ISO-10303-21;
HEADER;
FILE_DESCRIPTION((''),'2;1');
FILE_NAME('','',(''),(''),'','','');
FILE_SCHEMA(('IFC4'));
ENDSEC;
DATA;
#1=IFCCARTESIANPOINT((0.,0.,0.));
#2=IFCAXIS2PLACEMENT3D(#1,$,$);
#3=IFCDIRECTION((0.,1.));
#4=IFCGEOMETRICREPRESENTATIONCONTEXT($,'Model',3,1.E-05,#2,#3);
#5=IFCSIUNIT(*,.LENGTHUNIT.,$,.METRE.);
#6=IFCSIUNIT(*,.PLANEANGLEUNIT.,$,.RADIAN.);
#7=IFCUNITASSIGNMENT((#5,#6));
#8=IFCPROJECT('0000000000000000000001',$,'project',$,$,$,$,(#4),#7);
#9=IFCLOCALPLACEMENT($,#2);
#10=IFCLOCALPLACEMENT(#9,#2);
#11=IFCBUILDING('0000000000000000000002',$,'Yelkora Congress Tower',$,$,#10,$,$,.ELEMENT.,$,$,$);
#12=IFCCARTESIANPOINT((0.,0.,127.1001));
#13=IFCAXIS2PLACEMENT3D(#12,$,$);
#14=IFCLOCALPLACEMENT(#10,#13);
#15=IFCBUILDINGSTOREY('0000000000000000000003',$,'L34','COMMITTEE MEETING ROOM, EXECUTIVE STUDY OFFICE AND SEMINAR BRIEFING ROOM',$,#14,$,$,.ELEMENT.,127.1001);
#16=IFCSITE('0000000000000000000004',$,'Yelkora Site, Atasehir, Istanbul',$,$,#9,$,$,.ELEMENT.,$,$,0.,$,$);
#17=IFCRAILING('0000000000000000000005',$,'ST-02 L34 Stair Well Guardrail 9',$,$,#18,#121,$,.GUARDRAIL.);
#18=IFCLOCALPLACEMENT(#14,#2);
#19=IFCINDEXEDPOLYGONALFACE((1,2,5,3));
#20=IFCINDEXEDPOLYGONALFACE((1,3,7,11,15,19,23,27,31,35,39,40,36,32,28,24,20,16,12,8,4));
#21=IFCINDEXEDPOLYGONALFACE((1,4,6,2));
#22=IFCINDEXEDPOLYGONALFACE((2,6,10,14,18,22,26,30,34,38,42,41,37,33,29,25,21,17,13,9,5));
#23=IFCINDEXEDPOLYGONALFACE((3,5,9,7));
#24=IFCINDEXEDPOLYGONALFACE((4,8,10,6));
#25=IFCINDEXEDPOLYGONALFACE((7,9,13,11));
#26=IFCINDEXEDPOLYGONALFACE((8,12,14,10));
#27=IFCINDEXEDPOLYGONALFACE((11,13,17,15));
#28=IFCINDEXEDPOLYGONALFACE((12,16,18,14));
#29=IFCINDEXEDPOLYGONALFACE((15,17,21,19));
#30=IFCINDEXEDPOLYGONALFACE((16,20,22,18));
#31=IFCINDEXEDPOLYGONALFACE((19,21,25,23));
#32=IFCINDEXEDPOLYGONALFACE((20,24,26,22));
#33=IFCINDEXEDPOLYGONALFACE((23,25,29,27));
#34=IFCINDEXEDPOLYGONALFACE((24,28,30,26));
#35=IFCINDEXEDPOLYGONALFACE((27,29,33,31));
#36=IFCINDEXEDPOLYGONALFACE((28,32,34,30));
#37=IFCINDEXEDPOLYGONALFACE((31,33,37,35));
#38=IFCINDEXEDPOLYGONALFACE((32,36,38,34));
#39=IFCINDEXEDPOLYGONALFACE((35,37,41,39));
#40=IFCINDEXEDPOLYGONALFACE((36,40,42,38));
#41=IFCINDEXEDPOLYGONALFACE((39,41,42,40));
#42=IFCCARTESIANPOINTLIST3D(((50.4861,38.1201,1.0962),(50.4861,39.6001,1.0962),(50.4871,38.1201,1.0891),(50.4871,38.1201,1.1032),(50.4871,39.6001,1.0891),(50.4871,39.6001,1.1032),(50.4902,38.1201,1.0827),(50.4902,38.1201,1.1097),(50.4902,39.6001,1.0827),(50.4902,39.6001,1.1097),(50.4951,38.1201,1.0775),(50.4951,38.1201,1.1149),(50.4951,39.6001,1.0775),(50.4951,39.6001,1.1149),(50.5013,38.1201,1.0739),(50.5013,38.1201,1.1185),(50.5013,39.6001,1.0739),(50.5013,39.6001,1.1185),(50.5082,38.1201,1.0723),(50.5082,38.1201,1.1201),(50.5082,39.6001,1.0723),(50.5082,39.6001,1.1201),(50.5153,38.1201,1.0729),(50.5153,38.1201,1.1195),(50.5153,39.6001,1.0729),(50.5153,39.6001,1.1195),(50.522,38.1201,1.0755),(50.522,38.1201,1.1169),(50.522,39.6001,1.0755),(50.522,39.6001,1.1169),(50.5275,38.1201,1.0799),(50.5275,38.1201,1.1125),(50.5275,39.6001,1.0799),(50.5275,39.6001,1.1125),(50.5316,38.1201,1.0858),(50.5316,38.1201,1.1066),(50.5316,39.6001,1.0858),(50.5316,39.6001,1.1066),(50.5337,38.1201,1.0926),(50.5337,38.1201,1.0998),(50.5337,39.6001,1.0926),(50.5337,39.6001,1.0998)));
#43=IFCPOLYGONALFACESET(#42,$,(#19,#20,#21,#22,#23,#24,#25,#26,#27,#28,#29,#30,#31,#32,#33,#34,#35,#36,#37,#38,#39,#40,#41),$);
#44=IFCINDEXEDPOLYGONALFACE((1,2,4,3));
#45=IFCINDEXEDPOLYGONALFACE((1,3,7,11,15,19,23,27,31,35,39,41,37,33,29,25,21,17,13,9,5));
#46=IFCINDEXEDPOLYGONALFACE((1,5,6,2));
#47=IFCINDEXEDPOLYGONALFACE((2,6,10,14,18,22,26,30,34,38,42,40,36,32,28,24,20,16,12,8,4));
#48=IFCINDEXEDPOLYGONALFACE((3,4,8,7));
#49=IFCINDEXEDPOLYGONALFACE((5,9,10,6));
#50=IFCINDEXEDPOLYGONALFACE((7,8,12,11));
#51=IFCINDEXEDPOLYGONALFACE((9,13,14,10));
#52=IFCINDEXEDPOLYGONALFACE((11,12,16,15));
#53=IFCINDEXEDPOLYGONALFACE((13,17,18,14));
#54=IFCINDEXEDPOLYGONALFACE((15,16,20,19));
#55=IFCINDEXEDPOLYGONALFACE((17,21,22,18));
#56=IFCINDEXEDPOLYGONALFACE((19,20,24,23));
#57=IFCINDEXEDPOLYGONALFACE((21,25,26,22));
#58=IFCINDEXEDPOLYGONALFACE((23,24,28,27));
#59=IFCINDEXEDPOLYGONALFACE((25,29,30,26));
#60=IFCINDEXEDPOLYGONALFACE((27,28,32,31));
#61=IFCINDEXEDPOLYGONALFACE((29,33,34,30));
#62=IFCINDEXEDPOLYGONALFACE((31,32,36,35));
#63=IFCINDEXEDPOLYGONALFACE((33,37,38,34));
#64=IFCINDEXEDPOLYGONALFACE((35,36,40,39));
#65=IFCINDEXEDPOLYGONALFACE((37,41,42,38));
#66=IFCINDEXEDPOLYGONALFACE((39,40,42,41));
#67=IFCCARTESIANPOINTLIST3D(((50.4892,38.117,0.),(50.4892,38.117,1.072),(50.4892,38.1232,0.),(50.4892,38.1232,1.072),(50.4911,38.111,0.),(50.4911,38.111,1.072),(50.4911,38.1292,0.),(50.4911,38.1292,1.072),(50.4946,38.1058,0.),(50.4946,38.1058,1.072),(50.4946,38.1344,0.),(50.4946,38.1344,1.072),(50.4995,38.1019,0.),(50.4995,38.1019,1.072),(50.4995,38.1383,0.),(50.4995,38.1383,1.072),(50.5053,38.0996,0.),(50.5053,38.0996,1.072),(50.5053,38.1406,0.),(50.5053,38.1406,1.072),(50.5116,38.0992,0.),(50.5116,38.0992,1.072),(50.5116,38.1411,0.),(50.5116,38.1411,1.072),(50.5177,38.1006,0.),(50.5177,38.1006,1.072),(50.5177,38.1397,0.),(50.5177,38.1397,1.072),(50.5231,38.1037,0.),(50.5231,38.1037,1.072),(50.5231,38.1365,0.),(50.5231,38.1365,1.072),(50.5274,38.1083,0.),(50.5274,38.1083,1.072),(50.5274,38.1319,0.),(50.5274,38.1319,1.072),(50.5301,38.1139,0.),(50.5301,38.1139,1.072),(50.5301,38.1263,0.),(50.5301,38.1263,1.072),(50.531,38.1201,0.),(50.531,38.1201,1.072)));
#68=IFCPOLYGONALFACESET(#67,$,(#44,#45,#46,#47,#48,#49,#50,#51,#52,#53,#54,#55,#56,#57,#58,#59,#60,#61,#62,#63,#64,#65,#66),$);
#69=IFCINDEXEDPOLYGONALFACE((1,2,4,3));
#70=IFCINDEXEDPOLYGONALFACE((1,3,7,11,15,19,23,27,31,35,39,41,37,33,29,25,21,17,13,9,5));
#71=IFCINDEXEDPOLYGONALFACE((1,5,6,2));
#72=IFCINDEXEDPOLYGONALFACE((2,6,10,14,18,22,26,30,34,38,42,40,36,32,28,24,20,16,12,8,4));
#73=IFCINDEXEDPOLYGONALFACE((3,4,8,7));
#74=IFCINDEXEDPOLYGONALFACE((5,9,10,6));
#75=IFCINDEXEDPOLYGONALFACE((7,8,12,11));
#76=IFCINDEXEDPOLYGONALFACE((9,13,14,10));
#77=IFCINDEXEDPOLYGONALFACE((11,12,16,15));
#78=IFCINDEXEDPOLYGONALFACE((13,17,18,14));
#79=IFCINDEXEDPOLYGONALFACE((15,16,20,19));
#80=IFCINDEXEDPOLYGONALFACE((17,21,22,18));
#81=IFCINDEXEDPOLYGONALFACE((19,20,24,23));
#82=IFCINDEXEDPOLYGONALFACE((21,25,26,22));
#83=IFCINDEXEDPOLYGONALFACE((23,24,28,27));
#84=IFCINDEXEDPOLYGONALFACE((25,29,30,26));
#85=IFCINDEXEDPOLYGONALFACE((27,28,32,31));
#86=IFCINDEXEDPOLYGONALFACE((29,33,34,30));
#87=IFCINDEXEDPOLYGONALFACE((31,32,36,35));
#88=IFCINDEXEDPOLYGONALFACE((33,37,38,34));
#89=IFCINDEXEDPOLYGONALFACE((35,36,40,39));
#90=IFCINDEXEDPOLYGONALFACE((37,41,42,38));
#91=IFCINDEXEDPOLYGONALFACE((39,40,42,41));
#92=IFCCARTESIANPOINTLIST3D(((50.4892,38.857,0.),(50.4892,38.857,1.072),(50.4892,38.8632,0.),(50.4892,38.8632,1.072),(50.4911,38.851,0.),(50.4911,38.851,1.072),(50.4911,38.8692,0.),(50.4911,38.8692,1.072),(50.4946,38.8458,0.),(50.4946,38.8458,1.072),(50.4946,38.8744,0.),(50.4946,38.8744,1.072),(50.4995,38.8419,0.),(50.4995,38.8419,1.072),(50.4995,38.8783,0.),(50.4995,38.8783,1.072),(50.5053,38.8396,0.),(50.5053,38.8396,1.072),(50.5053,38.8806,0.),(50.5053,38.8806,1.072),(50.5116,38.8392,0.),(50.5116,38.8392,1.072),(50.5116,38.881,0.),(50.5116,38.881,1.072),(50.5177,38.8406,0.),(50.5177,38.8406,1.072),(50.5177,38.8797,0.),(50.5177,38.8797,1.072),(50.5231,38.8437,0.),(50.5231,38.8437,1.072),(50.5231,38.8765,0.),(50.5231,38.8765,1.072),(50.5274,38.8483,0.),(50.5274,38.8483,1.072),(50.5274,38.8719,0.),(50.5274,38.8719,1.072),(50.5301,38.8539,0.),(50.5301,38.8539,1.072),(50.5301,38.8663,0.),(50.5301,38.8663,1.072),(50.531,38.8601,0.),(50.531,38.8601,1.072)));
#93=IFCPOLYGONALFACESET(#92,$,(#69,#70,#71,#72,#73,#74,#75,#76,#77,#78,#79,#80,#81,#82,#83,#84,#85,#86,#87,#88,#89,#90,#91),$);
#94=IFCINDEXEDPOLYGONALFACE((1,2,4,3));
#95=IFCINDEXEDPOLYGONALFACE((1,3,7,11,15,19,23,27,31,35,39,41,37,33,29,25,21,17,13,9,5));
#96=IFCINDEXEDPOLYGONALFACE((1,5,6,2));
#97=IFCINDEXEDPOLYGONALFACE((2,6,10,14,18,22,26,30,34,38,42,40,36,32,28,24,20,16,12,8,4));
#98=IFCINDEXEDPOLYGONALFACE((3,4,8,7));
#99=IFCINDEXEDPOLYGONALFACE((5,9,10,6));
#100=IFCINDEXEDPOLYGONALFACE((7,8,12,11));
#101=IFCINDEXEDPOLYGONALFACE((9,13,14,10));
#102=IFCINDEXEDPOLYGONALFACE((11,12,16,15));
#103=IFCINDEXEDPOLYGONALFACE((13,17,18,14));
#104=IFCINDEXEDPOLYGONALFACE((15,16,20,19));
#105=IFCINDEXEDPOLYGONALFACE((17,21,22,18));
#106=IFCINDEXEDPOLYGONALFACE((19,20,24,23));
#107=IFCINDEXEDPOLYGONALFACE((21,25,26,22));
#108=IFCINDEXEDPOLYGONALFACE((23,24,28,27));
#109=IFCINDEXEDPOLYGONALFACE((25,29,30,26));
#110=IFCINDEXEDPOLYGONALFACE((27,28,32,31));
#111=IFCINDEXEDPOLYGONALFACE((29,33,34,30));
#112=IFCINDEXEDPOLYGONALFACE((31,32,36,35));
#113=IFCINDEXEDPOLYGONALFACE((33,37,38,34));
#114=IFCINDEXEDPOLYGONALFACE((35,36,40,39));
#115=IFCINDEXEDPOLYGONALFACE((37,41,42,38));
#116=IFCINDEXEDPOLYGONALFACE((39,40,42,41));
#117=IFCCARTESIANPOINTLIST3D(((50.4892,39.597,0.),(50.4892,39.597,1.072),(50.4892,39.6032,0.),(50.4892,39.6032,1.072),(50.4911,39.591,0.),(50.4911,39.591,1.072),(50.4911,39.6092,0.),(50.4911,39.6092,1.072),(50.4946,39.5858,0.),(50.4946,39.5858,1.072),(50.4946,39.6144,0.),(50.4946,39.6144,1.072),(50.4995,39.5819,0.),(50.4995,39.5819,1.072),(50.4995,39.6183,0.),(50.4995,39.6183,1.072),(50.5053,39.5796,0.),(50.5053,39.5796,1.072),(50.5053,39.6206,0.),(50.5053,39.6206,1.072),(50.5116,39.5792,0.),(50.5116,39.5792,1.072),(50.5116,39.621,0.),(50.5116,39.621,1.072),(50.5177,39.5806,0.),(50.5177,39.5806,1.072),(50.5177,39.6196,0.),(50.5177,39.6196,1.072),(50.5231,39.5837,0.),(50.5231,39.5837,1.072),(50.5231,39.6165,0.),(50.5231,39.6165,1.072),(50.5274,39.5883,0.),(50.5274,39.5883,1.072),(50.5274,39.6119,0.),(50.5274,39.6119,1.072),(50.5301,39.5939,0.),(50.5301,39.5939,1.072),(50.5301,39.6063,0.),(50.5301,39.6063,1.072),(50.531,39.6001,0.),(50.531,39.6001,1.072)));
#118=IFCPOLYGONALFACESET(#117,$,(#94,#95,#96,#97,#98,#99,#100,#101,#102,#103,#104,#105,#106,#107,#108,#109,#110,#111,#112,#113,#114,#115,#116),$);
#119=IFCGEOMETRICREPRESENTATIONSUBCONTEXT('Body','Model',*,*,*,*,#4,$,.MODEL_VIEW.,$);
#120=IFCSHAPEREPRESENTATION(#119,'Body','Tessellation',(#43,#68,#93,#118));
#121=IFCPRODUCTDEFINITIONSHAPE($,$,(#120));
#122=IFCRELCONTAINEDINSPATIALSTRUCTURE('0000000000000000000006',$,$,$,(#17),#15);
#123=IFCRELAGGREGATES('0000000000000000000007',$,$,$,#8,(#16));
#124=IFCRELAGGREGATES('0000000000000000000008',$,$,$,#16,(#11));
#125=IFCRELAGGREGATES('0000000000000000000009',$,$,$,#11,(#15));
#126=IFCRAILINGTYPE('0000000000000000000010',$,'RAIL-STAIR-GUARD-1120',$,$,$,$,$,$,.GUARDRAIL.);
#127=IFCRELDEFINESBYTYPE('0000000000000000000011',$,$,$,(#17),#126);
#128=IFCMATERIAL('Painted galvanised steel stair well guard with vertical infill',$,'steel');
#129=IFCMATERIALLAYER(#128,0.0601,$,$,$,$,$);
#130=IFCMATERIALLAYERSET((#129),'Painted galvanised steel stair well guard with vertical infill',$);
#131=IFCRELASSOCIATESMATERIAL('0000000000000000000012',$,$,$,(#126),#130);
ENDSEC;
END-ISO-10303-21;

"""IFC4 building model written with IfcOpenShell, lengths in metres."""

from ifc_helpers import new_model, si_unit, direction, frame, origin, origin_2d, place, context, subcontext, project, spatial, circle, extrude, material, layer, layer_set, type_object, element, save


model = new_model("IFC4")

# Units and contexts
model_context = context("Model", 3, precision=1e-05, world=origin(), true_north=direction((0.0, 1.0)))
body_context = subcontext(model_context, "Body", "Model", "MODEL_VIEW")
ifc_project = project(units=[si_unit("LENGTHUNIT", "METRE"), si_unit("PLANEANGLEUNIT", "RADIAN")], contexts=[model_context])

# Site, building, storey
site_placement = place(None, origin())
site = spatial("IfcSite", under=ifc_project, at=site_placement, Name="Yelkora Site, Atasehir, Istanbul", CompositionType="ELEMENT", RefElevation=0.0)
building_placement = place(site_placement, origin())
building = spatial("IfcBuilding", under=site, at=building_placement, Name="Yelkora Congress Tower", CompositionType="ELEMENT")
storey_placement = place(building_placement, frame((0.0, 0.0, 127.1001)))
storey = spatial("IfcBuildingStorey", under=building, at=storey_placement, Name="L34", Description="COMMITTEE MEETING ROOM, EXECUTIVE STUDY OFFICE AND SEMINAR BRIEFING ROOM", CompositionType="ELEMENT", Elevation=127.1001)

# Railing
ifc_material_1 = material(Name="Painted galvanised steel stair well guard with vertical infill", Category="steel")
ifc_layer_1 = layer(ifc_material_1, 0.0601)
ifc_layer_set_1 = layer_set([ifc_layer_1], Name="Painted galvanised steel stair well guard with vertical infill")
railing_type_1 = type_object("IfcRailingType", Name="RAIL-STAIR-GUARD-1120", PredefinedType="GUARDRAIL", material=ifc_layer_set_1)
for number, where, name in (
    (1, (50.51, 38.1201, 0.0), "ST-02 L34 Stair Well Guardrail 9"),
):
    element("IfcRailing", number, at=place(storey_placement, frame(where)), inside=storey, type_object=railing_type_1, Name=name, PredefinedType="GUARDRAIL", context=body_context, shape_type="SweptSolid", body=[
        extrude(circle(Radius=0.0239, at=origin_2d()), frame((0.0, 0.0, 1.0962), z_axis=(0.0, 1.0, 0.0), x_axis=(-1.0, 0.0, 0.0)), (0.0, 0.0, 1.0), 1.48),
        extrude(circle(Radius=0.021, at=origin_2d()), origin(), (0.0, 0.0, 1.0), 1.072),
        extrude(circle(Radius=0.021, at=origin_2d()), frame((0.0, 0.74, 0.0)), (0.0, 0.0, 1.0), 1.072),
        extrude(circle(Radius=0.021, at=origin_2d()), frame((0.0, 1.48, 0.0)), (0.0, 0.0, 1.0), 1.072),
    ])

save(model, "model.ifc")
